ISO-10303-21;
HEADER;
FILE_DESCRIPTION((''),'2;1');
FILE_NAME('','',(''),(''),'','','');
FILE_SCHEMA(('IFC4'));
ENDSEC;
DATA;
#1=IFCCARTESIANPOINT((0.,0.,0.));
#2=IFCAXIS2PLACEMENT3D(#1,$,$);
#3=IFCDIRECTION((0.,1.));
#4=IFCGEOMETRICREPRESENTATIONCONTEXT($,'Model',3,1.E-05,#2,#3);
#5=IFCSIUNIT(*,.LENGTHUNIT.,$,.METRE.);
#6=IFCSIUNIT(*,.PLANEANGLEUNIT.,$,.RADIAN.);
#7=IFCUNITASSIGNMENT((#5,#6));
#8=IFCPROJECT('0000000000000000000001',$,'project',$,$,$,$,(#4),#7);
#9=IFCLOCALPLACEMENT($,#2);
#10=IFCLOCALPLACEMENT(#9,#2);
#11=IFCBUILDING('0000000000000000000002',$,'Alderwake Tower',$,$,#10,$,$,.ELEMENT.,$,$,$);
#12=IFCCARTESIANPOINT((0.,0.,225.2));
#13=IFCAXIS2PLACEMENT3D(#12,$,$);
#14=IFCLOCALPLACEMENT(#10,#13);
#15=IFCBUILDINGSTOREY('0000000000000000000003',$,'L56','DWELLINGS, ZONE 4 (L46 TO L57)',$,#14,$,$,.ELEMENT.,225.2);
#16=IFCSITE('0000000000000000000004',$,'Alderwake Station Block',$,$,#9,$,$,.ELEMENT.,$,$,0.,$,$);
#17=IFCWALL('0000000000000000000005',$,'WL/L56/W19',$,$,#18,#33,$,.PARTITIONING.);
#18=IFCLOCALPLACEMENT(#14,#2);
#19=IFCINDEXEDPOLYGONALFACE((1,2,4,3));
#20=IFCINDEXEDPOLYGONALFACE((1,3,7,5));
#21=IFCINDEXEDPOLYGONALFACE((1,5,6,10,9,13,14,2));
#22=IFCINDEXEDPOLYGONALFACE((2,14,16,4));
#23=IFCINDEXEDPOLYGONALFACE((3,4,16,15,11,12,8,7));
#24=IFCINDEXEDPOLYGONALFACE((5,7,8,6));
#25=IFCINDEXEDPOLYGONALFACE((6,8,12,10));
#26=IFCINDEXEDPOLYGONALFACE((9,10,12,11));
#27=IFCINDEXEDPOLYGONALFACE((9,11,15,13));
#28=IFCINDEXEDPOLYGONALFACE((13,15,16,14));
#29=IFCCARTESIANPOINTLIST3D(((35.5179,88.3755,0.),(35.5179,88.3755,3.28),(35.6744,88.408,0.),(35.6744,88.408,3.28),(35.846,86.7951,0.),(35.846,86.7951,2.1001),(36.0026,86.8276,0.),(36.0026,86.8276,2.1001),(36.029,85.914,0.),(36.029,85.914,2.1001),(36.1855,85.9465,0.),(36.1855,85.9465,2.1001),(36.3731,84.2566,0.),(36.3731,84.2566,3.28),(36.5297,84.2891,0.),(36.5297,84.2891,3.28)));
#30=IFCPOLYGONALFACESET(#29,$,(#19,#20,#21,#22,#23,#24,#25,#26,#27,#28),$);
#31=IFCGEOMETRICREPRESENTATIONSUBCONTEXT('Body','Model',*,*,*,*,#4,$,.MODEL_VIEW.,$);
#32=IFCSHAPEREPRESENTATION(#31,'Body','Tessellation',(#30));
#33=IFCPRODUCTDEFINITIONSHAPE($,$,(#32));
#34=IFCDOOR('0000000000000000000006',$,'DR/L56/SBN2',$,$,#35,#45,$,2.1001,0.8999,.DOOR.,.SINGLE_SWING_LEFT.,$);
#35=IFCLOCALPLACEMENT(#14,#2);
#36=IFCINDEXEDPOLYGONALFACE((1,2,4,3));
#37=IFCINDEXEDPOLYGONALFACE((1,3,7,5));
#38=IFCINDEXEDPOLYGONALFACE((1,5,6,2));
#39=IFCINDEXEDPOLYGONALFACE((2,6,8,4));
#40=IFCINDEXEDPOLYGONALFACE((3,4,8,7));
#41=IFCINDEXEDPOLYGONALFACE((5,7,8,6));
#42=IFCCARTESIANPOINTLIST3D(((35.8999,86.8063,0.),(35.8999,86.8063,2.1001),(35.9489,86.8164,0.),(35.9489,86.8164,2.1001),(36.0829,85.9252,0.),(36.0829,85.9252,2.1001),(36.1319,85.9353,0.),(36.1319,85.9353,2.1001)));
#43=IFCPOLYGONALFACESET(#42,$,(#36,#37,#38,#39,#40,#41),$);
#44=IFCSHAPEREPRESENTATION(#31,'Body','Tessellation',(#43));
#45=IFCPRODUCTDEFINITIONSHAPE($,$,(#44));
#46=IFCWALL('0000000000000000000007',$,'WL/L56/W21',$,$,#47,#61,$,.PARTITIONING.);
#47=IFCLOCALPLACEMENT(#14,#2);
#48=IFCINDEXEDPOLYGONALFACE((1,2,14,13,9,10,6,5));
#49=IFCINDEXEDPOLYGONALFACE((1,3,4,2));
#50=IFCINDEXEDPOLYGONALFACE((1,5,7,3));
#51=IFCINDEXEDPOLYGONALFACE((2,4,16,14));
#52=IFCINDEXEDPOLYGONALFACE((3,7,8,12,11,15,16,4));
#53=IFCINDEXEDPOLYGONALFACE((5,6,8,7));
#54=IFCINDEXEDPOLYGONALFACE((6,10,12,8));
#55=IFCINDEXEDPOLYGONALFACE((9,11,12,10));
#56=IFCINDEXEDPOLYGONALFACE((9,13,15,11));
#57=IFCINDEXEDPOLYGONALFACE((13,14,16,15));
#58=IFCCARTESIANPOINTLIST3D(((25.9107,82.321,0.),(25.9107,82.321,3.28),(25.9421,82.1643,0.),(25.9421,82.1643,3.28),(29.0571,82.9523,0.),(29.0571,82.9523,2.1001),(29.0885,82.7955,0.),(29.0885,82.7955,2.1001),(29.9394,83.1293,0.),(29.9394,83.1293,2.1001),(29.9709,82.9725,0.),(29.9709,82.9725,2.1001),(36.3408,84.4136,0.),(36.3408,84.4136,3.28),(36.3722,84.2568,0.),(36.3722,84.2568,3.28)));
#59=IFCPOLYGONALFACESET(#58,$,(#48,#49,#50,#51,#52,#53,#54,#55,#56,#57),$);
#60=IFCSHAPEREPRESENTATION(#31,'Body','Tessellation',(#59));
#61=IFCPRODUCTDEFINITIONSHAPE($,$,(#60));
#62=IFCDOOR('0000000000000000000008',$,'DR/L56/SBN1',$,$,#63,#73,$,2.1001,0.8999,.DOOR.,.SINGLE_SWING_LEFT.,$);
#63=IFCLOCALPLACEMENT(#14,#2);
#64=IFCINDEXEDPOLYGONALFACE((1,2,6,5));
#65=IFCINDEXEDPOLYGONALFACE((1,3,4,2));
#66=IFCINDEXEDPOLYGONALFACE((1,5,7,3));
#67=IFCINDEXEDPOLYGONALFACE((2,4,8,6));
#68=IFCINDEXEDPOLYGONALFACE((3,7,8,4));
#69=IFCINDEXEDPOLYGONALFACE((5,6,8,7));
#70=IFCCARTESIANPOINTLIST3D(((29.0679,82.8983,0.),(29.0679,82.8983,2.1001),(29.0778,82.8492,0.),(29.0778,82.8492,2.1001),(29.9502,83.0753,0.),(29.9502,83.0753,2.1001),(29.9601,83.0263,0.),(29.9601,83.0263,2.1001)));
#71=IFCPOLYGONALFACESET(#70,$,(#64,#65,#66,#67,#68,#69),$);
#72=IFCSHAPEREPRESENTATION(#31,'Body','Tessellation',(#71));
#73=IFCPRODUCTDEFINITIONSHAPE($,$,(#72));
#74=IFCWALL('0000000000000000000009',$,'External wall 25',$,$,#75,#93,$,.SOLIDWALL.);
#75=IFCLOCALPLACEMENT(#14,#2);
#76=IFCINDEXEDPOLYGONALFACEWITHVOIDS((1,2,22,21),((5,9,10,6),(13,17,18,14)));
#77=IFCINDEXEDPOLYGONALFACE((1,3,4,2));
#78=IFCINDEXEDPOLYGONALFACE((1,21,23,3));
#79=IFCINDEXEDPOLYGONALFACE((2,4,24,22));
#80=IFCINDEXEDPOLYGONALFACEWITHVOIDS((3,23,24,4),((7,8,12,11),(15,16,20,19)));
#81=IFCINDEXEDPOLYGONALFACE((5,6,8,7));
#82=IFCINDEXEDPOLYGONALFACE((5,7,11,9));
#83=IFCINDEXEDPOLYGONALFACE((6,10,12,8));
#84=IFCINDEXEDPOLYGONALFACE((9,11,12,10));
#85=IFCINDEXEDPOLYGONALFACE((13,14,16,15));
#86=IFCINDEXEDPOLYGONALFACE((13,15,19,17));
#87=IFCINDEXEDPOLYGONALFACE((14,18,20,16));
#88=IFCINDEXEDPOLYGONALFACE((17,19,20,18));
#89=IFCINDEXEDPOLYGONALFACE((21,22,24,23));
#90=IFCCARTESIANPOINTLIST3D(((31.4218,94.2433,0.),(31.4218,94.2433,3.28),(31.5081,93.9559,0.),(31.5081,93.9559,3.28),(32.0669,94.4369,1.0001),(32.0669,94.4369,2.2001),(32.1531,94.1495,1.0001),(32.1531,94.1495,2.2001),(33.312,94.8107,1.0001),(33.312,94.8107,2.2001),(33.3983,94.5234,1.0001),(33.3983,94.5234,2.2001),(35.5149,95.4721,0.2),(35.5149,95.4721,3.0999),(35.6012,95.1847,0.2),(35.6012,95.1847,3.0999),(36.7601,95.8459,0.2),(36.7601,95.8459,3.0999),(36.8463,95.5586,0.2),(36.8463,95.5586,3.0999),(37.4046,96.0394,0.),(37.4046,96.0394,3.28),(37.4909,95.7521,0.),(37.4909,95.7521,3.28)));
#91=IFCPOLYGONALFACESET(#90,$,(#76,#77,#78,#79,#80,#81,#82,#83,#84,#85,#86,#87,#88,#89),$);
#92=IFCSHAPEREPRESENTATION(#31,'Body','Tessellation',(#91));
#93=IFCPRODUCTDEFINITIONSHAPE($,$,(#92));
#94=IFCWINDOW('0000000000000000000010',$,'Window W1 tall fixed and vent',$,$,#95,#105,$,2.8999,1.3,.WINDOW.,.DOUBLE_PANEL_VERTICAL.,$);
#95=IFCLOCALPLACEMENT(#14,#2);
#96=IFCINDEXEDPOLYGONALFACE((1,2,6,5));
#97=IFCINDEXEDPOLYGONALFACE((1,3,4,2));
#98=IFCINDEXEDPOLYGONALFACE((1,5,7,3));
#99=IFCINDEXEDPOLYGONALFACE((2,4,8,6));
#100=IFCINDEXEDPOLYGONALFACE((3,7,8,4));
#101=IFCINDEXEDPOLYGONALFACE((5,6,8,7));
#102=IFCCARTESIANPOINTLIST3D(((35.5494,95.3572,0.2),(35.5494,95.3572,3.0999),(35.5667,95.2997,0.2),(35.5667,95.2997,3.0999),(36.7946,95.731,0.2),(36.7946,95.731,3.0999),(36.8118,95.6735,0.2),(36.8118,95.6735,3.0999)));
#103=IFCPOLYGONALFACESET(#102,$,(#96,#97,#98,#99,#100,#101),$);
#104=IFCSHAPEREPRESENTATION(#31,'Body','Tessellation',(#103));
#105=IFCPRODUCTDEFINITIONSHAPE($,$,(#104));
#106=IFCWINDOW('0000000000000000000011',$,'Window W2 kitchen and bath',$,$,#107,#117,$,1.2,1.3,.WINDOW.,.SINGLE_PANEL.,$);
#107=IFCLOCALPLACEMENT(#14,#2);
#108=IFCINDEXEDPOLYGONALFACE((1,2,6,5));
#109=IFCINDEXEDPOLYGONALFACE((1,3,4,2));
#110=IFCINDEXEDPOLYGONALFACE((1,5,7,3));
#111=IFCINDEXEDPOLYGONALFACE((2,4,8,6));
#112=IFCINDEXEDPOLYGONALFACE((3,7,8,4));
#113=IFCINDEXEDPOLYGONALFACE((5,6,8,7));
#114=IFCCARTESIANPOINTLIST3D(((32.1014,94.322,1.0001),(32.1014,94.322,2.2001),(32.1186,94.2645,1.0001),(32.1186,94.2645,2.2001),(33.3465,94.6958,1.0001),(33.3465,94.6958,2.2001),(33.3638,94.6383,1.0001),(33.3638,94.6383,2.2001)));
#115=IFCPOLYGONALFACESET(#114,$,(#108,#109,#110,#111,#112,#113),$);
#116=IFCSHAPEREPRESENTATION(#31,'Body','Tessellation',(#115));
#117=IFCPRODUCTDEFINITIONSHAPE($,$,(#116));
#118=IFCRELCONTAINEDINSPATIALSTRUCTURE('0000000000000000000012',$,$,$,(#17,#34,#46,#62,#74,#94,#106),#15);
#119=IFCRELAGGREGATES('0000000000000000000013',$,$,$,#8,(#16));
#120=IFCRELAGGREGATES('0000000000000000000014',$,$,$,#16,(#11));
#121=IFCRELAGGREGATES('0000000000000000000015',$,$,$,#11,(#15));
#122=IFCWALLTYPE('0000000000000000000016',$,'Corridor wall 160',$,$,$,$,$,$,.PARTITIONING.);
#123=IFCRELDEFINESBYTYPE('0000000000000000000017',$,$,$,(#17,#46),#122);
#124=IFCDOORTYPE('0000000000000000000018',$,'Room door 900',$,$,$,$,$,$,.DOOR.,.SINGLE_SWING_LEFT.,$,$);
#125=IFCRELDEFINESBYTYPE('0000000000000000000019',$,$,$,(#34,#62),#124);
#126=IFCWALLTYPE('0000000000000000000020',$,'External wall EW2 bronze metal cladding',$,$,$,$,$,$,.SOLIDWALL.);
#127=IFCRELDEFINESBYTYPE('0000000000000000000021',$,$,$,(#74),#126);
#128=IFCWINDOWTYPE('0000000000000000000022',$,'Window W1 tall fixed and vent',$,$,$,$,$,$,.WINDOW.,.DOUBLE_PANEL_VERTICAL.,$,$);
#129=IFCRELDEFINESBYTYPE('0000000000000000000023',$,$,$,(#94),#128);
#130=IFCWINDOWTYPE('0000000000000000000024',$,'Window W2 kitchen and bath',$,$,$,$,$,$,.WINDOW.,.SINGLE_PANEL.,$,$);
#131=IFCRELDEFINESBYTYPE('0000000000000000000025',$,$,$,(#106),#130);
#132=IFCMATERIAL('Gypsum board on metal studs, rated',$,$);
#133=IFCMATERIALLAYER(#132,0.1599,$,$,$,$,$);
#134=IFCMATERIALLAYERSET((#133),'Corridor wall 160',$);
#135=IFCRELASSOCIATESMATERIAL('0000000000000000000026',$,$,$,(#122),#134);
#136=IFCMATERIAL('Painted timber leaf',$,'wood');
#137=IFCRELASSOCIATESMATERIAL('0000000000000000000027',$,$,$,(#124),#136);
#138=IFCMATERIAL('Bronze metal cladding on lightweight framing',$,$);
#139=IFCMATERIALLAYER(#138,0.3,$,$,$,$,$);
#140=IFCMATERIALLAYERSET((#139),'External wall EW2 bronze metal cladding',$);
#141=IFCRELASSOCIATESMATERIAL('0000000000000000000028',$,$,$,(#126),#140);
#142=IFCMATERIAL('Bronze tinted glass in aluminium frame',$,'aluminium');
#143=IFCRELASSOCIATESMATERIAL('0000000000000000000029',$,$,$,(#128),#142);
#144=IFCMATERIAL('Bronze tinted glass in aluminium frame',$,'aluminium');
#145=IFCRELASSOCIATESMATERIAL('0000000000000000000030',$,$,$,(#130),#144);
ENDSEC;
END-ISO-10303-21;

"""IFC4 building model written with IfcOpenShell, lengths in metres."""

from ifc_helpers import new_model, si_unit, direction, frame, frame_2d, origin, place, context, subcontext, project, spatial, rectangle, extrude, material, layer, layer_set, type_object, element, fill, save


model = new_model("IFC4")

# Units and contexts
model_context = context("Model", 3, precision=1e-05, world=origin(), true_north=direction((0.0, 1.0)))
body_context = subcontext(model_context, "Body", "Model", "MODEL_VIEW")
ifc_project = project(units=[si_unit("LENGTHUNIT", "METRE"), si_unit("PLANEANGLEUNIT", "RADIAN")], contexts=[model_context])

# Site, building, storey
site_placement = place(None, origin())
site = spatial("IfcSite", under=ifc_project, at=site_placement, Name="Alderwake Station Block", CompositionType="ELEMENT", RefElevation=0.0)
building_placement = place(site_placement, origin())
building = spatial("IfcBuilding", under=site, at=building_placement, Name="Alderwake Tower", CompositionType="ELEMENT")
storey_placement = place(building_placement, frame((0.0, 0.0, 225.2)))
storey = spatial("IfcBuildingStorey", under=building, at=storey_placement, Name="L56", Description="DWELLINGS, ZONE 4 (L46 TO L57)", CompositionType="ELEMENT", Elevation=225.2)

# Shared definitions
ifc_material_1 = material(Name="Gypsum board on metal studs, rated")
ifc_layer_1 = layer(ifc_material_1, 0.1599)
ifc_layer_set_1 = layer_set([ifc_layer_1], Name="Corridor wall 160")
wall_type_1 = type_object("IfcWallType", Name="Corridor wall 160", PredefinedType="PARTITIONING", material=ifc_layer_set_1)

# Walls, openings, doors
wall_1_placement = place(storey_placement, frame((36.4514, 84.2727, 0.0), z_axis=(0.0, 0.0, 1.0), x_axis=(-0.203298, 0.979117, 0.0)))
wall_1 = element("IfcWall", 1, at=wall_1_placement, inside=storey, type_object=wall_type_1, Name="WL/L56/W19", PredefinedType="PARTITIONING", context=body_context, shape_type="SweptSolid", body=[
    extrude(rectangle(XDim=4.2068, YDim=0.1599, at=frame_2d((2.1035, 0.0))), origin(), (0.0, 0.0, 1.0), 3.28),
])
opening_1_placement = place(wall_1_placement, frame((1.6929, 0.0, 0.0)))
opening_1 = element("IfcOpeningElement", 2, at=opening_1_placement, cuts=wall_1, PredefinedType="OPENING", context=body_context, shape_type="SweptSolid", body=[
    extrude(rectangle(XDim=0.8999, YDim=2.1001, at=frame_2d((0.45, 1.05))), frame((0.0, 0.0898, 0.0), z_axis=(0.0, -1.0, 0.0), x_axis=(1.0, 0.0, 0.0)), (0.0, 0.0, 1.0), 0.1799),
])
ifc_material_2 = material(Name="Painted timber leaf", Category="wood")
door_type_1 = type_object("IfcDoorType", Name="Room door 900", OperationType="SINGLE_SWING_LEFT", PredefinedType="DOOR", material=ifc_material_2)
door_1_placement = place(opening_1_placement, origin())
door_1 = element("IfcDoor", 3, at=door_1_placement, inside=storey, type_object=door_type_1, Name="DR/L56/SBN2", OperationType="SINGLE_SWING_LEFT", OverallHeight=2.1001, OverallWidth=0.8999, PredefinedType="DOOR", context=body_context, shape_type="SweptSolid", body=[
    extrude(rectangle(XDim=0.8999, YDim=2.1001, at=frame_2d((0.45, 1.05))), frame((0.0, 0.0249, 0.0), z_axis=(0.0, -1.0, 0.0), x_axis=(1.0, 0.0, 0.0)), (0.0, 0.0, 1.0), 0.05),
])
fill(opening_1, door_1)
wall_2_placement = place(storey_placement, frame((25.9265, 82.2427, 0.0), z_axis=(0.0, 0.0, 1.0), x_axis=(0.980463, 0.196703, 0.0)))
wall_2 = element("IfcWall", 4, at=wall_2_placement, inside=storey, type_object=wall_type_1, Name="WL/L56/W21", PredefinedType="PARTITIONING", context=body_context, shape_type="SweptSolid", body=[
    extrude(rectangle(XDim=10.6379, YDim=0.1599, at=frame_2d((5.3188, 0.0))), origin(), (0.0, 0.0, 1.0), 3.28),
])
opening_2_placement = place(wall_2_placement, frame((3.209, 0.0, 0.0)))
opening_2 = element("IfcOpeningElement", 5, at=opening_2_placement, cuts=wall_2, PredefinedType="OPENING", context=body_context, shape_type="SweptSolid", body=[
    extrude(rectangle(XDim=0.8999, YDim=2.1001, at=frame_2d((0.45, 1.05))), frame((0.0, 0.0898, 0.0), z_axis=(0.0, -1.0, 0.0), x_axis=(1.0, 0.0, 0.0)), (0.0, 0.0, 1.0), 0.1799),
])
door_2_placement = place(opening_2_placement, origin())
door_2 = element("IfcDoor", 6, at=door_2_placement, inside=storey, type_object=door_type_1, Name="DR/L56/SBN1", OperationType="SINGLE_SWING_LEFT", OverallHeight=2.1001, OverallWidth=0.8999, PredefinedType="DOOR", context=body_context, shape_type="SweptSolid", body=[
    extrude(rectangle(XDim=0.8999, YDim=2.1001, at=frame_2d((0.45, 1.05))), frame((0.0, 0.0249, 0.0), z_axis=(0.0, -1.0, 0.0), x_axis=(1.0, 0.0, 0.0)), (0.0, 0.0, 1.0), 0.05),
])
fill(opening_2, door_2)

# Wall, openings, windows
ifc_material_3 = material(Name="Bronze metal cladding on lightweight framing")
ifc_layer_2 = layer(ifc_material_3, 0.3)
ifc_layer_set_2 = layer_set([ifc_layer_2], Name="External wall EW2 bronze metal cladding")
wall_type_2 = type_object("IfcWallType", Name="External wall EW2 bronze metal cladding", PredefinedType="SOLIDWALL", material=ifc_layer_set_2)
wall_3_placement = place(storey_placement, frame((37.4478, 95.8958, 0.0), z_axis=(0.0, 0.0, 1.0), x_axis=(-0.957767, -0.287545, 0.0)))
wall_3 = element("IfcWall", 7, at=wall_3_placement, inside=storey, type_object=wall_type_2, Name="External wall 25", PredefinedType="SOLIDWALL", context=body_context, shape_type="SweptSolid", body=[
    extrude(rectangle(XDim=6.2466, YDim=0.3, at=frame_2d((3.1233, 0.0))), origin(), (0.0, 0.0, 1.0), 3.28),
])
opening_3_placement = place(wall_3_placement, frame((0.6731, 0.0, 0.2)))
opening_3 = element("IfcOpeningElement", 8, at=opening_3_placement, cuts=wall_3, PredefinedType="OPENING", context=body_context, shape_type="SweptSolid", body=[
    extrude(rectangle(XDim=1.3, YDim=2.8999, at=frame_2d((0.6499, 1.45))), frame((0.0, 0.1599, 0.0), z_axis=(0.0, -1.0, 0.0), x_axis=(1.0, 0.0, 0.0)), (0.0, 0.0, 1.0), 0.3201),
])
opening_4_placement = place(wall_3_placement, frame((4.2732, 0.0, 1.0)))
opening_4 = element("IfcOpeningElement", 9, at=opening_4_placement, cuts=wall_3, PredefinedType="OPENING", context=body_context, shape_type="SweptSolid", body=[
    extrude(rectangle(XDim=1.3, YDim=1.2, at=frame_2d((0.6499, 0.6001))), frame((0.0, 0.1599, 0.0), z_axis=(0.0, -1.0, 0.0), x_axis=(1.0, 0.0, 0.0)), (0.0, 0.0, 1.0), 0.3201),
])
ifc_material_4 = material(Name="Bronze tinted glass in aluminium frame", Category="aluminium")
window_type_1 = type_object("IfcWindowType", Name="Window W1 tall fixed and vent", PartitioningType="DOUBLE_PANEL_VERTICAL", PredefinedType="WINDOW", material=ifc_material_4)
window_1_placement = place(opening_3_placement, origin())
window_1 = element("IfcWindow", 10, at=window_1_placement, inside=storey, type_object=window_type_1, Name="Window W1 tall fixed and vent", OverallHeight=2.8999, OverallWidth=1.3, PartitioningType="DOUBLE_PANEL_VERTICAL", PredefinedType="WINDOW", context=body_context, shape_type="SweptSolid", body=[
    extrude(rectangle(XDim=1.3, YDim=2.8999, at=frame_2d((0.6499, 1.45))), frame((0.0, 0.03, 0.0), z_axis=(0.0, -1.0, 0.0), x_axis=(1.0, 0.0, 0.0)), (0.0, 0.0, 1.0), 0.0601),
])
fill(opening_3, window_1)
ifc_material_5 = material(Name="Bronze tinted glass in aluminium frame", Category="aluminium")
window_type_2 = type_object("IfcWindowType", Name="Window W2 kitchen and bath", PartitioningType="SINGLE_PANEL", PredefinedType="WINDOW", material=ifc_material_5)
window_2_placement = place(opening_4_placement, origin())
window_2 = element("IfcWindow", 11, at=window_2_placement, inside=storey, type_object=window_type_2, Name="Window W2 kitchen and bath", OverallHeight=1.2, OverallWidth=1.3, PartitioningType="SINGLE_PANEL", PredefinedType="WINDOW", context=body_context, shape_type="SweptSolid", body=[
    extrude(rectangle(XDim=1.3, YDim=1.2, at=frame_2d((0.6499, 0.6001))), frame((0.0, 0.03, 0.0), z_axis=(0.0, -1.0, 0.0), x_axis=(1.0, 0.0, 0.0)), (0.0, 0.0, 1.0), 0.0601),
])
fill(opening_4, window_2)

save(model, "model.ifc")
